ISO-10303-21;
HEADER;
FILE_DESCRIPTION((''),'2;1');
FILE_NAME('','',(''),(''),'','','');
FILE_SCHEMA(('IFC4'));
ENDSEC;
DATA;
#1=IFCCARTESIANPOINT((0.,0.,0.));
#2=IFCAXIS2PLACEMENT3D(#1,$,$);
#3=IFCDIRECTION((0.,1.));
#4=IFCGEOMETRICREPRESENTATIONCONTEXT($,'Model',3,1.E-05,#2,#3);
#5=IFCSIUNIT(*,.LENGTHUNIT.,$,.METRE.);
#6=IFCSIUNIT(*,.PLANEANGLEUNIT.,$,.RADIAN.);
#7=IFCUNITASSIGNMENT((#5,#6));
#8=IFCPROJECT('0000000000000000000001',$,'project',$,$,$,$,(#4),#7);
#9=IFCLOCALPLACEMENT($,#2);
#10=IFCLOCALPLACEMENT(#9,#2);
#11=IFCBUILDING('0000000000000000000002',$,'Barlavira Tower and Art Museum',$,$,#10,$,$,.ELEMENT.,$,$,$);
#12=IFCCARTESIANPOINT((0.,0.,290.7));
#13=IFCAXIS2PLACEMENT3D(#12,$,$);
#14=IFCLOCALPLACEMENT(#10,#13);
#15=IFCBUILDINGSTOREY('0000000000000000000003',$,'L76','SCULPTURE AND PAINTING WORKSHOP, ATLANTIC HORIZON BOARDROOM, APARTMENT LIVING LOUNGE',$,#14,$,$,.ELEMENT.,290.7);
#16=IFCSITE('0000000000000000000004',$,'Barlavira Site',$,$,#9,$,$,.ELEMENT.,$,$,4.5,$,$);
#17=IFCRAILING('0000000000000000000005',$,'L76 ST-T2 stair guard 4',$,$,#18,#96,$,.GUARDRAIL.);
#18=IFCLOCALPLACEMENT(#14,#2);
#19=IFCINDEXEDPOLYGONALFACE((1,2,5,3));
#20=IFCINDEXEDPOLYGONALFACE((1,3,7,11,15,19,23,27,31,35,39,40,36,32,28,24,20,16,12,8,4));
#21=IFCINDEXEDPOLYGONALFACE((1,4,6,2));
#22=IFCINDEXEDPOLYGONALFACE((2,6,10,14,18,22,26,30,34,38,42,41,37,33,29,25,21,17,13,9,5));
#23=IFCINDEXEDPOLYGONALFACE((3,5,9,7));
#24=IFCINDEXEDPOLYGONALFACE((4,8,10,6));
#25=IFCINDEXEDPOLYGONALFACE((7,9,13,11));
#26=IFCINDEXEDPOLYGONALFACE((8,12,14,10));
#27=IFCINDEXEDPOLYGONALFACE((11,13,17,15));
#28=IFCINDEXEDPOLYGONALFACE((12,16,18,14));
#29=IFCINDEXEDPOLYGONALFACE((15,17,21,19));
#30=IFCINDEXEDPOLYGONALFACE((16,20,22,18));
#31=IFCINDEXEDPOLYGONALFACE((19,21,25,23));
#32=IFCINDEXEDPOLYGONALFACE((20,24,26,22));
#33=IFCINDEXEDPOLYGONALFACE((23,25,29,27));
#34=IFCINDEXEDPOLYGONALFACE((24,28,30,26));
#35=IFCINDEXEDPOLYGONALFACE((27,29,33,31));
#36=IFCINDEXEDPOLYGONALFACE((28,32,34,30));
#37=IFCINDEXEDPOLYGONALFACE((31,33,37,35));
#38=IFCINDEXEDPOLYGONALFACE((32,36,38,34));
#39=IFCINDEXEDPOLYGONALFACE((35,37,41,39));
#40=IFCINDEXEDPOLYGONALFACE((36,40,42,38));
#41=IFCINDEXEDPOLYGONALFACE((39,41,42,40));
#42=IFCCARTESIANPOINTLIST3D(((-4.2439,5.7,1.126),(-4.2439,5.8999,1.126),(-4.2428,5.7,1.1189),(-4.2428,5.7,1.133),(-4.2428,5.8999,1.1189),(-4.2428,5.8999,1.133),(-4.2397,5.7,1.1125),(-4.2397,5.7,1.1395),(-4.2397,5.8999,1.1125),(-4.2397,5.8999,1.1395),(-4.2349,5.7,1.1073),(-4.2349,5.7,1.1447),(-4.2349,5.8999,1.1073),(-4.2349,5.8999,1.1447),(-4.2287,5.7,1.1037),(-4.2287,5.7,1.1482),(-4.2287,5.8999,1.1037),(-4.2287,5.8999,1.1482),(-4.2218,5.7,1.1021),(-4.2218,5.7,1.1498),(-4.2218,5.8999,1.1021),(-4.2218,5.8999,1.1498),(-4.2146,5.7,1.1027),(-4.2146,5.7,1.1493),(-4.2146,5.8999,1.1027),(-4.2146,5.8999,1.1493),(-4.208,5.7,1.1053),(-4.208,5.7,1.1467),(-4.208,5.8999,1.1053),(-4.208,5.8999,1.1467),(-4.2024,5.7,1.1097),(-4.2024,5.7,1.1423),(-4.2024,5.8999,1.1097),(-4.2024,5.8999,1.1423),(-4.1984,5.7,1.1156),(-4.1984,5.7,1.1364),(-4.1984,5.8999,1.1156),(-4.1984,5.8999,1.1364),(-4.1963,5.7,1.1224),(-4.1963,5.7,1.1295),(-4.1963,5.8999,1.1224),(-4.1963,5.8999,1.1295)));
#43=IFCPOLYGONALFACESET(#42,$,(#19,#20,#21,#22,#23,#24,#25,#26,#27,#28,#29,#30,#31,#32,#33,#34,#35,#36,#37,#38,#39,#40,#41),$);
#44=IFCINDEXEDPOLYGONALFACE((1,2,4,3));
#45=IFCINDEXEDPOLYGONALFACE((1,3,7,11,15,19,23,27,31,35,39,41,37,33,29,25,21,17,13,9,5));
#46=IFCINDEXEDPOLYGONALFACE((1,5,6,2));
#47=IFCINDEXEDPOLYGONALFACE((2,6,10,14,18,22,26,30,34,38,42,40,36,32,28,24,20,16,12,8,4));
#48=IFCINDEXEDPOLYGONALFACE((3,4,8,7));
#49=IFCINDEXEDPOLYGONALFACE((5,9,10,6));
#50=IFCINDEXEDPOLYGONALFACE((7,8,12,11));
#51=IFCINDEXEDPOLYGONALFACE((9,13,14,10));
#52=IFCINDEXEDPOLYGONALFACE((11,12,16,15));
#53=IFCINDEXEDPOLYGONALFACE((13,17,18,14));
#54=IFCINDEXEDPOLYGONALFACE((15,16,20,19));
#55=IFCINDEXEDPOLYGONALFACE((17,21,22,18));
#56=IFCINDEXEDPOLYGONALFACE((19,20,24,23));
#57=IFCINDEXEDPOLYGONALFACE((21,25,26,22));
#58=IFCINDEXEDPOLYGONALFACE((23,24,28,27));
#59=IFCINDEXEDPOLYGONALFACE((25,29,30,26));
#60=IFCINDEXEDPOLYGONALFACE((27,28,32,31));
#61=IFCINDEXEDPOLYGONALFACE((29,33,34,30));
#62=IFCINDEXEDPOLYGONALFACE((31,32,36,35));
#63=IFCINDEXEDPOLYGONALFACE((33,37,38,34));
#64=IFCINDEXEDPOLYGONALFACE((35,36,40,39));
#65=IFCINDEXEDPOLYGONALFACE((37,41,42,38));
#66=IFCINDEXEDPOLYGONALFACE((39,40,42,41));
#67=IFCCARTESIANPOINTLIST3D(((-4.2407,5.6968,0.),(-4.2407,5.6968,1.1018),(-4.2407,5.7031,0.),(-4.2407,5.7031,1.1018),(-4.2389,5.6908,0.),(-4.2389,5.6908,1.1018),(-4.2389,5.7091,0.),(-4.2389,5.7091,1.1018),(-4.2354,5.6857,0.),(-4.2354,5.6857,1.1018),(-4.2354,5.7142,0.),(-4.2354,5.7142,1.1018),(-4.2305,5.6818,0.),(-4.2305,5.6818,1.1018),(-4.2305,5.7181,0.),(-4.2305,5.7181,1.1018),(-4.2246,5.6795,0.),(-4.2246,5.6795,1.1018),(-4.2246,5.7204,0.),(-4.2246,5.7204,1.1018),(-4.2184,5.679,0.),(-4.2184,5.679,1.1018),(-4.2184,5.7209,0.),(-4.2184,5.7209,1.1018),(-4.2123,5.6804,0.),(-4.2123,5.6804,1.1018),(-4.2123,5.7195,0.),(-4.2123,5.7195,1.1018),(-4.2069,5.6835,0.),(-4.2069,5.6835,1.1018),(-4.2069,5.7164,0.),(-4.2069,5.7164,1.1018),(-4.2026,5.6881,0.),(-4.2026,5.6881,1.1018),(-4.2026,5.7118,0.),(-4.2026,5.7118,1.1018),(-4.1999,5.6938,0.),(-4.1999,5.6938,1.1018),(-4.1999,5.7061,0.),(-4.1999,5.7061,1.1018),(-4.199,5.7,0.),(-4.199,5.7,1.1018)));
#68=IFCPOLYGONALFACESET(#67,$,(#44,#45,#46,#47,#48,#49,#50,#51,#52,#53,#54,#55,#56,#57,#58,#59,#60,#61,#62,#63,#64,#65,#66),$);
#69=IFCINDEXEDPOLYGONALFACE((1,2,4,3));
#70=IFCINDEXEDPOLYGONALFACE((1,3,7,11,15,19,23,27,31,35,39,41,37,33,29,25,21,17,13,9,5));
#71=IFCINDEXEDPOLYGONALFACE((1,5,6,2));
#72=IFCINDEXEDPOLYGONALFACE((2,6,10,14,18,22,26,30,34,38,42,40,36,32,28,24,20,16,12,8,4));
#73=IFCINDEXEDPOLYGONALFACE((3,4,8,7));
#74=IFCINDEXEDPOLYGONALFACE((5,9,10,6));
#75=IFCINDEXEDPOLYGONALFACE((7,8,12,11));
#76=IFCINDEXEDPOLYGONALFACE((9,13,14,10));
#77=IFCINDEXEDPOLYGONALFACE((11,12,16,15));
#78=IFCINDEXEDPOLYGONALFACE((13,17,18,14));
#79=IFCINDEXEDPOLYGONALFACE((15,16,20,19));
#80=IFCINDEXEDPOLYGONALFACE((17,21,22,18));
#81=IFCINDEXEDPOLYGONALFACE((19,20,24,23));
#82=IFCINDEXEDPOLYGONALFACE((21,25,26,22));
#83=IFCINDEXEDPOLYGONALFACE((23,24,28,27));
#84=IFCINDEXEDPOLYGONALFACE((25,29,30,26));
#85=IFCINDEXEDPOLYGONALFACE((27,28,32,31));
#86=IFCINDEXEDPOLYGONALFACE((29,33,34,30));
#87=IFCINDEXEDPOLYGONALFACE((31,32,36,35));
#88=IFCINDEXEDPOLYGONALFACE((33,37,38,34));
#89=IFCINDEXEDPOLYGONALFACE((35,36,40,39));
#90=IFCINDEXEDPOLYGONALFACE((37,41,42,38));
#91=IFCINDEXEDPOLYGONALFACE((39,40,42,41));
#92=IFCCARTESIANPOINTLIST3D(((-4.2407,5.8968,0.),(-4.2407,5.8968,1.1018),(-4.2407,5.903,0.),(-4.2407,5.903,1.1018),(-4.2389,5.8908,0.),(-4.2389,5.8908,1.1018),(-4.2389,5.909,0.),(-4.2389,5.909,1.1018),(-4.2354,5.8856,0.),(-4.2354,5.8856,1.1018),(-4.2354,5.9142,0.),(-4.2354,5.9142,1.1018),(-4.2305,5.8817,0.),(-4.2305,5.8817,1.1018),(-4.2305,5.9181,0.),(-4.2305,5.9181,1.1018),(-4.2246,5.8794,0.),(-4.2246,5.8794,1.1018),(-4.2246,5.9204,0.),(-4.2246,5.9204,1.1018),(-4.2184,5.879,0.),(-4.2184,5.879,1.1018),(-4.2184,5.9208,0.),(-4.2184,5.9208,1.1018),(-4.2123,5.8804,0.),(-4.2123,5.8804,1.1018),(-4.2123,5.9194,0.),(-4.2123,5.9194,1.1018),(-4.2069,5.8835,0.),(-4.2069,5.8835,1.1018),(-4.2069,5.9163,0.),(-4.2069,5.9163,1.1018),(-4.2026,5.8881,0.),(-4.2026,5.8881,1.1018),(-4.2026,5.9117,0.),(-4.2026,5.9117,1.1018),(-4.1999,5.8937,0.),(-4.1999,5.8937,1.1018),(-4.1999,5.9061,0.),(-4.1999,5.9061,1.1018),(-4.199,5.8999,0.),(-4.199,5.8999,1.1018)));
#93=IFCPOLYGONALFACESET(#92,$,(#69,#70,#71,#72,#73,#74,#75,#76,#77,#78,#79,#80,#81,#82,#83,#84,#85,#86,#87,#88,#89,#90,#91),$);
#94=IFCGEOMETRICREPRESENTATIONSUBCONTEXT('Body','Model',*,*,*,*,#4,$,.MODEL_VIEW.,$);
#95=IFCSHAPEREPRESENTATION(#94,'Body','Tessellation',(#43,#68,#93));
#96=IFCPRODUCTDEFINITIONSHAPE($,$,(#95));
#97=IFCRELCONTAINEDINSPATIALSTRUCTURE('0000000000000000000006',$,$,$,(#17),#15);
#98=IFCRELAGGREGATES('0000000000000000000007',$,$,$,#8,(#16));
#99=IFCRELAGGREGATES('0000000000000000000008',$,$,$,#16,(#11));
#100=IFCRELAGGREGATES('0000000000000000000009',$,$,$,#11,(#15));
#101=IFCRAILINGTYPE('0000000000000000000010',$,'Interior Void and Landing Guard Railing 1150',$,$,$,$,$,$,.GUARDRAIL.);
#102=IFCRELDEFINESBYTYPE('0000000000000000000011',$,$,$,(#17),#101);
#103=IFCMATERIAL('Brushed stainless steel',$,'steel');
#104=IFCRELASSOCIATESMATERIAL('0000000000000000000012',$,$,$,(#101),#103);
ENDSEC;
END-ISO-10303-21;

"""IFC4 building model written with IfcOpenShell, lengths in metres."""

from ifc_helpers import new_model, si_unit, direction, frame, origin, origin_2d, place, context, subcontext, project, spatial, circle, extrude, material, type_object, element, save


model = new_model("IFC4")

# Units and contexts
model_context = context("Model", 3, precision=1e-05, world=origin(), true_north=direction((0.0, 1.0)))
body_context = subcontext(model_context, "Body", "Model", "MODEL_VIEW")
ifc_project = project(units=[si_unit("LENGTHUNIT", "METRE"), si_unit("PLANEANGLEUNIT", "RADIAN")], contexts=[model_context])

# Site, building, storey
site_placement = place(None, origin())
site = spatial("IfcSite", under=ifc_project, at=site_placement, Name="Barlavira Site", CompositionType="ELEMENT", RefElevation=4.5)
building_placement = place(site_placement, origin())
building = spatial("IfcBuilding", under=site, at=building_placement, Name="Barlavira Tower and Art Museum", CompositionType="ELEMENT")
storey_placement = place(building_placement, frame((0.0, 0.0, 290.7)))
storey = spatial("IfcBuildingStorey", under=building, at=storey_placement, Name="L76", Description="SCULPTURE AND PAINTING WORKSHOP, ATLANTIC HORIZON BOARDROOM, APARTMENT LIVING LOUNGE", CompositionType="ELEMENT", Elevation=290.7)

# Shared definitions
ifc_material_1 = material(Name="Brushed stainless steel", Category="steel")

# Railing
railing_type_1 = type_object("IfcRailingType", Name="Interior Void and Landing Guard Railing 1150", PredefinedType="GUARDRAIL", material=ifc_material_1)
railing_1_placement = place(storey_placement, frame((-4.22, 5.7, 0.0)))
element("IfcRailing", 1, at=railing_1_placement, inside=storey, type_object=railing_type_1, Name="L76 ST-T2 stair guard 4", PredefinedType="GUARDRAIL", context=body_context, shape_type="SweptSolid", body=[
    extrude(circle(Radius=0.0239, at=origin_2d()), frame((0.0, 0.0, 1.126), z_axis=(0.0, 1.0, 0.0), x_axis=(-1.0, 0.0, 0.0)), (0.0, 0.0, 1.0), 0.2),
    extrude(circle(Radius=0.021, at=origin_2d()), origin(), (0.0, 0.0, 1.0), 1.1018),
    extrude(circle(Radius=0.021, at=origin_2d()), frame((0.0, 0.2, 0.0)), (0.0, 0.0, 1.0), 1.1018),
])

save(model, "model.ifc")
